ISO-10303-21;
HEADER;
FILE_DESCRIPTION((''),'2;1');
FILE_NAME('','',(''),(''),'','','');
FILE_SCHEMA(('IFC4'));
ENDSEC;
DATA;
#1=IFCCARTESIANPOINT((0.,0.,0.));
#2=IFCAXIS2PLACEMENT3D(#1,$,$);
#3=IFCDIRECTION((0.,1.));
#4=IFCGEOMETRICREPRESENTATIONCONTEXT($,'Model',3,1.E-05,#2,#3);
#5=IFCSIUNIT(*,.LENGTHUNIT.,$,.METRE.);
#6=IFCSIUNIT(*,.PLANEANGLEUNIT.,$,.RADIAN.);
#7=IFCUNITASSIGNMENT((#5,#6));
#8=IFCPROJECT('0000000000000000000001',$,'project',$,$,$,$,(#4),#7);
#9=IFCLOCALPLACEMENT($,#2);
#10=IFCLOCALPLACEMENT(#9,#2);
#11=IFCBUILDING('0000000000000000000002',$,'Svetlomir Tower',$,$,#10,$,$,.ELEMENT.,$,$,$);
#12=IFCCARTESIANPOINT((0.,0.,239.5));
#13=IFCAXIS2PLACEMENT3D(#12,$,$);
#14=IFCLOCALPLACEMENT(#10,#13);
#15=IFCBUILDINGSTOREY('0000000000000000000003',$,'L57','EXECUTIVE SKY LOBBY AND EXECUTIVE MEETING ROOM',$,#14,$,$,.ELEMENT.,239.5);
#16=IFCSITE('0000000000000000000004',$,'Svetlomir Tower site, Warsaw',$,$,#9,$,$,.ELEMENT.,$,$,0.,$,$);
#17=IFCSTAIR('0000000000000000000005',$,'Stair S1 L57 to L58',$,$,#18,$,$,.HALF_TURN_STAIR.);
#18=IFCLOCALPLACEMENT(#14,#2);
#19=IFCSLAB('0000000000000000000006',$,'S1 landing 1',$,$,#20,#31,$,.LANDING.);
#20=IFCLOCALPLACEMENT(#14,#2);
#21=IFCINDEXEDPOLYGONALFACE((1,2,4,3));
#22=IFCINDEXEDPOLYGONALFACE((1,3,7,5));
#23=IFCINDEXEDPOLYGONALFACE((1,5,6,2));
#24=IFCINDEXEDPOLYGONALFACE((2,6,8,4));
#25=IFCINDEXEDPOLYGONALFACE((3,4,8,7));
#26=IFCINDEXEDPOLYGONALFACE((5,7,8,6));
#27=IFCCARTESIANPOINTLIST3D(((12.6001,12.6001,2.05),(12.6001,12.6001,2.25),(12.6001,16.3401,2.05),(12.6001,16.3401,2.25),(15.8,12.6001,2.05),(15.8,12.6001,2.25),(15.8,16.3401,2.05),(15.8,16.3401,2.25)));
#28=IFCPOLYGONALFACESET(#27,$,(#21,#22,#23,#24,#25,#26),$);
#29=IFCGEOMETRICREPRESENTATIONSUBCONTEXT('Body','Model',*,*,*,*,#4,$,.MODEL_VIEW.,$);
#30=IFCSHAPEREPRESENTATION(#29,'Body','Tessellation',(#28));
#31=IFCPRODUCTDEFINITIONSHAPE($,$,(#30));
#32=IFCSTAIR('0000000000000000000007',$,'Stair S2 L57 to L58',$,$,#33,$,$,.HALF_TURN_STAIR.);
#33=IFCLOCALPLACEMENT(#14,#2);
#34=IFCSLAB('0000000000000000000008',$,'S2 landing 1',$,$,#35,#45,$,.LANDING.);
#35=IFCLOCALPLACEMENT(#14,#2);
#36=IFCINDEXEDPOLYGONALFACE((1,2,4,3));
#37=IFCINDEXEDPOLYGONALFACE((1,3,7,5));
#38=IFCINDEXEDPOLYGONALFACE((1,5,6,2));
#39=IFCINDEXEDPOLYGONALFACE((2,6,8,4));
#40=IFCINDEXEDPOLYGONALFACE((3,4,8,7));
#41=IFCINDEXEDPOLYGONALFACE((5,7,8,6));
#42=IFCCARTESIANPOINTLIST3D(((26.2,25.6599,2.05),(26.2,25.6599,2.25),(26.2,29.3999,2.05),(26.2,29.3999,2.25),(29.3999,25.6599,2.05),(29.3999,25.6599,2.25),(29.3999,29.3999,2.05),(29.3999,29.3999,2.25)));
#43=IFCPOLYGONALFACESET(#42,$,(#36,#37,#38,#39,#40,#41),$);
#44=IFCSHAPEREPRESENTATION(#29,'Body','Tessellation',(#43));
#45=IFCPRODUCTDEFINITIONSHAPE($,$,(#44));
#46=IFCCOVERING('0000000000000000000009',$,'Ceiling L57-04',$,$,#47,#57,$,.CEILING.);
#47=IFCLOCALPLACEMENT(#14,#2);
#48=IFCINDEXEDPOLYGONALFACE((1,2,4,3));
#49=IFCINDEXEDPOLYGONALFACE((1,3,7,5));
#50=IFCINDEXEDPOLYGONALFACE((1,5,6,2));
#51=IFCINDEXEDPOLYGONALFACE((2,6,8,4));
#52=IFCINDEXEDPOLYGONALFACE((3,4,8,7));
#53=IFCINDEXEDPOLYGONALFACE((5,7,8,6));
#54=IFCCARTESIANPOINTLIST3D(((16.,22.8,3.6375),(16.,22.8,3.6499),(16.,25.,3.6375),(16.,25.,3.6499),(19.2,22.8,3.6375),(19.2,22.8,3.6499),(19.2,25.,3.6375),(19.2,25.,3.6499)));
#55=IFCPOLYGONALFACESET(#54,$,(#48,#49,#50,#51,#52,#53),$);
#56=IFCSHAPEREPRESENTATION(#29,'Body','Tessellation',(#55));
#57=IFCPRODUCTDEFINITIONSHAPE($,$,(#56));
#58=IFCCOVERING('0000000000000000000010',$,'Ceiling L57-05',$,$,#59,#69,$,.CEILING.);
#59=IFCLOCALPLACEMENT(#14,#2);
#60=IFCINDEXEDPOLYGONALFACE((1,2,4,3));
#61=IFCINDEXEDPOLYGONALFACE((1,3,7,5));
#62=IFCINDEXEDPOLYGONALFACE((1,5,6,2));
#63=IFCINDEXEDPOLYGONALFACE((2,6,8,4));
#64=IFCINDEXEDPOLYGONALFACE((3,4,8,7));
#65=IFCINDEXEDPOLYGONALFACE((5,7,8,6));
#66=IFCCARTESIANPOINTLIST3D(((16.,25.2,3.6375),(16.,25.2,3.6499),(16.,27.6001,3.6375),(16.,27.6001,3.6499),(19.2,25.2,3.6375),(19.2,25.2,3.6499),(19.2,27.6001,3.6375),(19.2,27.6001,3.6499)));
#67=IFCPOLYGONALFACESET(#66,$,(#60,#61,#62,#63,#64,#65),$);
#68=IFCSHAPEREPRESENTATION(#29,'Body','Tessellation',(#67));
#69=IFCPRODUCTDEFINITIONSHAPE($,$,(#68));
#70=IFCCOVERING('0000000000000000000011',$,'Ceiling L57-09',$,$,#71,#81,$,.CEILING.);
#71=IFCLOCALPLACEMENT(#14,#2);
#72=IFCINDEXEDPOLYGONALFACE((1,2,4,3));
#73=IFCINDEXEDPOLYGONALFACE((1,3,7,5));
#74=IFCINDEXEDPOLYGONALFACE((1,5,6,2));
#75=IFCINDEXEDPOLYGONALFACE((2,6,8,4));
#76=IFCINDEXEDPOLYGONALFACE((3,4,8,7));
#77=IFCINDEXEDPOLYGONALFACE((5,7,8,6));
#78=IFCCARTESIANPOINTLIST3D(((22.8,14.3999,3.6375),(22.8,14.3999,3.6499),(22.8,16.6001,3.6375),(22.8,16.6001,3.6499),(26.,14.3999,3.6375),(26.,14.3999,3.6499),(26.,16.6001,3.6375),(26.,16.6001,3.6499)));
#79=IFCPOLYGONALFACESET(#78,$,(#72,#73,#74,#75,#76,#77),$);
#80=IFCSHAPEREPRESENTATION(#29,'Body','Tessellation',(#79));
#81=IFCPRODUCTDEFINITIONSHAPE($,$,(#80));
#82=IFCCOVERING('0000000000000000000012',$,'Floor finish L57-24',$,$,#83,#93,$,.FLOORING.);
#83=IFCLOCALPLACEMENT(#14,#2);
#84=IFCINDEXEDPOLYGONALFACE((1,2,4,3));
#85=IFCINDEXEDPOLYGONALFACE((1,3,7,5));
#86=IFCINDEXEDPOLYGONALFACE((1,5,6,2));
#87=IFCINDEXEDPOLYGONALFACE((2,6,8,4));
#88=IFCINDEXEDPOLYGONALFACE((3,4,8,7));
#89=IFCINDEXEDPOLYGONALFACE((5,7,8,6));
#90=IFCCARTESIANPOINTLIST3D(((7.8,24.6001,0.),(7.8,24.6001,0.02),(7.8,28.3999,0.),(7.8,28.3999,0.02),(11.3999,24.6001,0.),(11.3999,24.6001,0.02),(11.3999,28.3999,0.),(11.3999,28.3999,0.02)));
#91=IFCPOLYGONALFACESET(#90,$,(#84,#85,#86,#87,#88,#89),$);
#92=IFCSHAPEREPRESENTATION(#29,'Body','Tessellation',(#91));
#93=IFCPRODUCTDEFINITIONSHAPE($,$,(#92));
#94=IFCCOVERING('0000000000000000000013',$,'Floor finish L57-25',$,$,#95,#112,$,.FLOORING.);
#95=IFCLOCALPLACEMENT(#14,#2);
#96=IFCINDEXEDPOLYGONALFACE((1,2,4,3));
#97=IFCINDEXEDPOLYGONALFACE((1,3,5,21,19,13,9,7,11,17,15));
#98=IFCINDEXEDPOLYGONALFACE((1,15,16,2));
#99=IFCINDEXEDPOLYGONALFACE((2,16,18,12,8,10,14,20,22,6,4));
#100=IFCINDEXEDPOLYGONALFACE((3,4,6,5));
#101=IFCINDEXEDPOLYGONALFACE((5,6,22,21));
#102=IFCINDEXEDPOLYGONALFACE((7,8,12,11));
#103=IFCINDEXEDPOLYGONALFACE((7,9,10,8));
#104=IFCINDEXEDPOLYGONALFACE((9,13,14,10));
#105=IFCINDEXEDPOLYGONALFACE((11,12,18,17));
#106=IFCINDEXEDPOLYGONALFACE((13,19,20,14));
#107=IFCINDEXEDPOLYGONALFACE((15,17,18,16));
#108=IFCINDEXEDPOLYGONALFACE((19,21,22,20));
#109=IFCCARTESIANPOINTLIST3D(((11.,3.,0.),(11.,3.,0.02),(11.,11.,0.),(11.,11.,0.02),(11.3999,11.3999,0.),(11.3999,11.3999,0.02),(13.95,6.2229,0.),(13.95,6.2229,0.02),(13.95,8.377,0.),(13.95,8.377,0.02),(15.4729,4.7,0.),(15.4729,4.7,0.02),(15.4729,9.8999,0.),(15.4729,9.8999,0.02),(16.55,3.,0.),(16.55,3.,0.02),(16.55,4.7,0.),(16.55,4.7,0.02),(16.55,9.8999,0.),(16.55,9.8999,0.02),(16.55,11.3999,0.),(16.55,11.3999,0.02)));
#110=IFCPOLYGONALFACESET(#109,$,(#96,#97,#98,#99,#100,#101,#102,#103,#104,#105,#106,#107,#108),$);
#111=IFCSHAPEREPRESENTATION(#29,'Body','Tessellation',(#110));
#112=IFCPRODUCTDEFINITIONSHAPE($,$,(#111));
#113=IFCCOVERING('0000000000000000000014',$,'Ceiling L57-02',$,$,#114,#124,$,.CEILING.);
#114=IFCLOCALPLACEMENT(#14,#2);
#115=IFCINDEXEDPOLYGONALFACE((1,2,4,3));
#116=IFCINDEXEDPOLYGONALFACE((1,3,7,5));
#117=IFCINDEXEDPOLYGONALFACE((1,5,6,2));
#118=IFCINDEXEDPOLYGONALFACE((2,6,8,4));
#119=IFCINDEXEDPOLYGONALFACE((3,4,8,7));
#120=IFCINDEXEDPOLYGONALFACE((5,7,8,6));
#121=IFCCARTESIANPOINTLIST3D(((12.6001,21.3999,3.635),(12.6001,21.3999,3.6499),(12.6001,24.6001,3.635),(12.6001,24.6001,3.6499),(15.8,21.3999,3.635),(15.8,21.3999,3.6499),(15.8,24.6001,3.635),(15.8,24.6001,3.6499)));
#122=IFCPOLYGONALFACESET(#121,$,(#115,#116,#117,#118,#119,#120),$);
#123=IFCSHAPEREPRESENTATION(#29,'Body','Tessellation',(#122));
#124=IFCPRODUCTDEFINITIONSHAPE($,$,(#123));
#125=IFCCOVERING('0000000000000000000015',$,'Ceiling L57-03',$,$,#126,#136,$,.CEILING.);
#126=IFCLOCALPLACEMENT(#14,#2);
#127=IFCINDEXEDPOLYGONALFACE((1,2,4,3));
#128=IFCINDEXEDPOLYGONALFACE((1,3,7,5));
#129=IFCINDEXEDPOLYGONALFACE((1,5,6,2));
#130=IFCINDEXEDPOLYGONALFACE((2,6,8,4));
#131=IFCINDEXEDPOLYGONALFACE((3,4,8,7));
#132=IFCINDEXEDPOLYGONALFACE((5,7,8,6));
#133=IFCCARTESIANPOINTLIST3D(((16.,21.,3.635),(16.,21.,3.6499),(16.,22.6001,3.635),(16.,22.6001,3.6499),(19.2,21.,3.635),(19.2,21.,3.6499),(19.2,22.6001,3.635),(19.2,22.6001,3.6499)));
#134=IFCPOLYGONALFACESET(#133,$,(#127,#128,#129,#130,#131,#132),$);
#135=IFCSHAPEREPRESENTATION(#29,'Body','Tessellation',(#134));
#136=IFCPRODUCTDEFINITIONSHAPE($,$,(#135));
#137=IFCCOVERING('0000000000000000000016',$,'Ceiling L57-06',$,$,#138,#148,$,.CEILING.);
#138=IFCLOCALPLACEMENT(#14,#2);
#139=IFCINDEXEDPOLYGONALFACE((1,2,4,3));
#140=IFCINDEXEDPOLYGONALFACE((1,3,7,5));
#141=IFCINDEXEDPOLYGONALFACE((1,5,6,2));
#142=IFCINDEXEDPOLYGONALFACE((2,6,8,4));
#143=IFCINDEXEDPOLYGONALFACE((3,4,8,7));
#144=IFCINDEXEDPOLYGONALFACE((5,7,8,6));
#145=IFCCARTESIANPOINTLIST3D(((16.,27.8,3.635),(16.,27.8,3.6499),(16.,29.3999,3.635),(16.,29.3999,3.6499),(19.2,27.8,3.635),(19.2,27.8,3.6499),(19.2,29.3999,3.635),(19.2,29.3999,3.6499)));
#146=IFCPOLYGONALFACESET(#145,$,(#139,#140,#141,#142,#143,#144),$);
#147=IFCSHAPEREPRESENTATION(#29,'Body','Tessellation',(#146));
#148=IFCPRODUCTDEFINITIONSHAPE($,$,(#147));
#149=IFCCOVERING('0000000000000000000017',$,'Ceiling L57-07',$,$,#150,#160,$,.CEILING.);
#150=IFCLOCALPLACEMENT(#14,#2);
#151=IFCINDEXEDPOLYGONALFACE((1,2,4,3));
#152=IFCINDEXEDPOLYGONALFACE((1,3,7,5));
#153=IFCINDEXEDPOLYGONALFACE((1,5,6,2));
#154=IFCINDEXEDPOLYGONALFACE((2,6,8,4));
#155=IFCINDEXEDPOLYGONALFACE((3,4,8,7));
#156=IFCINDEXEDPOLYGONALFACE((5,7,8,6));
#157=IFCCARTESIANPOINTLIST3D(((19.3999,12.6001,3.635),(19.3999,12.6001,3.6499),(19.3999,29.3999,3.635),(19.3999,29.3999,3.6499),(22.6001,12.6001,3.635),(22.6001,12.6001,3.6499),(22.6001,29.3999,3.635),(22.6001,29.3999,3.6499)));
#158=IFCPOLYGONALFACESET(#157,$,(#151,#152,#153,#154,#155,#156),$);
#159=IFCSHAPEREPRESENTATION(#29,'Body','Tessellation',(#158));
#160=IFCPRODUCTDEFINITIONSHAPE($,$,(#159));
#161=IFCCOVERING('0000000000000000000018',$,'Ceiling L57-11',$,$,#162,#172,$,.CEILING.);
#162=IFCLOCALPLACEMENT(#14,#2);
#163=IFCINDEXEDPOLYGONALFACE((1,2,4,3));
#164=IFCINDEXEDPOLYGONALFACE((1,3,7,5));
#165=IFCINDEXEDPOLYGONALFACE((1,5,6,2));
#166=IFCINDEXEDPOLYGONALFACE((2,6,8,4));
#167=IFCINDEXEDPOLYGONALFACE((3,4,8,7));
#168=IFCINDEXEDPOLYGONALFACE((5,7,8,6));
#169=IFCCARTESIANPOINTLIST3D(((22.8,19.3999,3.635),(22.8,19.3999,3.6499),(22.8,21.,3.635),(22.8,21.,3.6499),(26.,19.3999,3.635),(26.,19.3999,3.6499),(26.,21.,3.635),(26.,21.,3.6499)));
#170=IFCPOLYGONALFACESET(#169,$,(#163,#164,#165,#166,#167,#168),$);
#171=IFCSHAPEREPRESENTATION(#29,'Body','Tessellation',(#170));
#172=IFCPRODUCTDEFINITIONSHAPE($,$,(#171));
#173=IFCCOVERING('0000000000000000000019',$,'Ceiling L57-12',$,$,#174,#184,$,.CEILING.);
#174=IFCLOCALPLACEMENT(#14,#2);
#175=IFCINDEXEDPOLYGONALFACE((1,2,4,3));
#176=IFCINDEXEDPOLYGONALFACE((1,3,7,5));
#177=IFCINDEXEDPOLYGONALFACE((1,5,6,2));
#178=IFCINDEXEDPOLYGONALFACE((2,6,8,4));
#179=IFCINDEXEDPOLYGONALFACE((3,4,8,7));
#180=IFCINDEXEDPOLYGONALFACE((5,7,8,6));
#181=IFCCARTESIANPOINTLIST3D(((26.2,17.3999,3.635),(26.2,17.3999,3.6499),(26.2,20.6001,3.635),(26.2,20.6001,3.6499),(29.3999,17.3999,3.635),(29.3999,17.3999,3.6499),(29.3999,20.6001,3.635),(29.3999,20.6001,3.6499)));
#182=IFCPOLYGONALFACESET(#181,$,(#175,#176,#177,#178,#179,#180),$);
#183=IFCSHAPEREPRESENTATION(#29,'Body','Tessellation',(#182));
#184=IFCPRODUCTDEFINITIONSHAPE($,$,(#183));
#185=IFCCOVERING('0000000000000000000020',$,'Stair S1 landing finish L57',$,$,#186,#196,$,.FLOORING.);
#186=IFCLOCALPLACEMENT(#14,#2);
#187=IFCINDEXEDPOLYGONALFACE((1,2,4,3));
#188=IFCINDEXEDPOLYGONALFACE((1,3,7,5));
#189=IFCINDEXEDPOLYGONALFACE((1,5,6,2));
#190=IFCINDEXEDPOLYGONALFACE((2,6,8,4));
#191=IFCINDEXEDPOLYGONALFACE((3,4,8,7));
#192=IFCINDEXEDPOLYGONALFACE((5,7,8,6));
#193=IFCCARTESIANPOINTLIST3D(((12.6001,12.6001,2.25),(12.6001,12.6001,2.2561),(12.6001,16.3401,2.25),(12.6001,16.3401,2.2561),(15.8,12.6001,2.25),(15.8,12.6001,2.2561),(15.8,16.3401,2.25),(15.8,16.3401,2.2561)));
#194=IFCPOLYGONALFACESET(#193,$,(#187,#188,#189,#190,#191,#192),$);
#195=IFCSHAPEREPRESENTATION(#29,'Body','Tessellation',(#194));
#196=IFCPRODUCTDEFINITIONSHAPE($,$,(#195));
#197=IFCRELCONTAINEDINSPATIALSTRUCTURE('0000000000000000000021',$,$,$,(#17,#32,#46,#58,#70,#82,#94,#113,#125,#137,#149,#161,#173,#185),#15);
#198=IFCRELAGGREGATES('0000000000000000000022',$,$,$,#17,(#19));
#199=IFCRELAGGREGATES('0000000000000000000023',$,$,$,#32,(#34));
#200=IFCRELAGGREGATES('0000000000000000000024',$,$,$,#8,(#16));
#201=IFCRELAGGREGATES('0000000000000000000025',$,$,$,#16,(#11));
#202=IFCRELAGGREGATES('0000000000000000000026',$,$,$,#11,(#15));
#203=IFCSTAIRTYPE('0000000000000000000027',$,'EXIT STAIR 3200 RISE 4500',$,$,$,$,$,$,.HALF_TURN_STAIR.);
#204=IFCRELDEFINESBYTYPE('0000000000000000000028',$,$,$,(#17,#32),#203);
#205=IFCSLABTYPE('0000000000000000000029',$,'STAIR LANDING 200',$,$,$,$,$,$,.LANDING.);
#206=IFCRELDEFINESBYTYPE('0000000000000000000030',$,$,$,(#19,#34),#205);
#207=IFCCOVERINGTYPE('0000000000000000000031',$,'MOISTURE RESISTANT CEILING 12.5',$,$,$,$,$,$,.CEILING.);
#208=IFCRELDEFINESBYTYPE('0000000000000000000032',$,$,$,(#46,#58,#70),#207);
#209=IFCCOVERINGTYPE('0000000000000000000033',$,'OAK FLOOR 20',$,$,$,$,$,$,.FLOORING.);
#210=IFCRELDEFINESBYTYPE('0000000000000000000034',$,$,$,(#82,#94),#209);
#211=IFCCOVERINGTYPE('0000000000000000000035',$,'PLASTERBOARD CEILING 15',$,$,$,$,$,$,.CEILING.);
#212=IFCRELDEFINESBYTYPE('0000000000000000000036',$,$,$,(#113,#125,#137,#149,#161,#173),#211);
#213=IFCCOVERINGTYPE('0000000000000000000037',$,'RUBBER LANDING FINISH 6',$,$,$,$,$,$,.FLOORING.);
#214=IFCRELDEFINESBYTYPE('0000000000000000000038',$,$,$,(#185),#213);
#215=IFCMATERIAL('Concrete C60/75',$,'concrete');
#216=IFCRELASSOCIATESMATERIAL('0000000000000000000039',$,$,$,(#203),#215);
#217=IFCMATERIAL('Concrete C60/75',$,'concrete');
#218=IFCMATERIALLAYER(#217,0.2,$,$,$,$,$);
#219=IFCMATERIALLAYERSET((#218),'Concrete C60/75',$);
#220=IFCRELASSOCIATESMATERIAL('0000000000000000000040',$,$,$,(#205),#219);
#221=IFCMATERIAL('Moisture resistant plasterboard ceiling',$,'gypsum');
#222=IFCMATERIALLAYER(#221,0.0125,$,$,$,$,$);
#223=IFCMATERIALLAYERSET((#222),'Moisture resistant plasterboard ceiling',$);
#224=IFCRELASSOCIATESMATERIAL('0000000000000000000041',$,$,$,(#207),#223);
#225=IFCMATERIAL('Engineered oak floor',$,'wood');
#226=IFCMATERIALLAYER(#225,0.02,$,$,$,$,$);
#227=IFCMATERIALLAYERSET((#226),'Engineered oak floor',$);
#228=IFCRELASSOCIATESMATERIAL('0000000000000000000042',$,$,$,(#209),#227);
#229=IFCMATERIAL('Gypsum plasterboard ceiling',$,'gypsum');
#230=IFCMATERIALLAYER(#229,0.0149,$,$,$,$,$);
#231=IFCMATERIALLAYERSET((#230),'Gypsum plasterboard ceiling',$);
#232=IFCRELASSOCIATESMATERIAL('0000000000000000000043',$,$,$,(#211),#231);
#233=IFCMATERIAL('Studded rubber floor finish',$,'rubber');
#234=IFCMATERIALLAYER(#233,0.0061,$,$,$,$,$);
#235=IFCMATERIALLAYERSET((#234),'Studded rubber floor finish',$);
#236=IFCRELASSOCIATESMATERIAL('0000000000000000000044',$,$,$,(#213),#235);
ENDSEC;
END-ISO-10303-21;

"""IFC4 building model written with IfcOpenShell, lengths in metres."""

from ifc_helpers import new_model, si_unit, direction, frame, origin, place, context, subcontext, project, spatial, polyline, outline, extrude, material, layer, layer_set, type_object, element, aggregate, save


model = new_model("IFC4")

# Units and contexts
model_context = context("Model", 3, precision=1e-05, world=origin(), true_north=direction((0.0, 1.0)))
body_context = subcontext(model_context, "Body", "Model", "MODEL_VIEW")
ifc_project = project(units=[si_unit("LENGTHUNIT", "METRE"), si_unit("PLANEANGLEUNIT", "RADIAN")], contexts=[model_context])

# Site, building, storey
site_placement = place(None, origin())
site = spatial("IfcSite", under=ifc_project, at=site_placement, Name="Svetlomir Tower site, Warsaw", CompositionType="ELEMENT", RefElevation=0.0)
building_placement = place(site_placement, origin())
building = spatial("IfcBuilding", under=site, at=building_placement, Name="Svetlomir Tower", CompositionType="ELEMENT")
storey_placement = place(building_placement, frame((0.0, 0.0, 239.5)))
storey = spatial("IfcBuildingStorey", under=building, at=storey_placement, Name="L57", Description="EXECUTIVE SKY LOBBY AND EXECUTIVE MEETING ROOM", CompositionType="ELEMENT", Elevation=239.5)

# Stairs, slabs
ifc_material_1 = material(Name="Concrete C60/75", Category="concrete")
stair_type = type_object("IfcStairType", Name="EXIT STAIR 3200 RISE 4500", PredefinedType="HALF_TURN_STAIR", material=ifc_material_1)
stair_1_placement = place(storey_placement, origin())
stair_1 = element("IfcStair", 1, at=stair_1_placement, inside=storey, type_object=stair_type, Name="Stair S1 L57 to L58", PredefinedType="HALF_TURN_STAIR")
ifc_material_2 = material(Name="Concrete C60/75", Category="concrete")
ifc_layer_1 = layer(ifc_material_2, 0.2)
ifc_layer_set_1 = layer_set([ifc_layer_1], Name="Concrete C60/75")
slab_type = type_object("IfcSlabType", Name="STAIR LANDING 200", PredefinedType="LANDING", material=ifc_layer_set_1)
slab_1_placement = place(storey_placement, frame((0.0, 0.0, 2.05)))
slab_1 = element("IfcSlab", 2, at=slab_1_placement, type_object=slab_type, Name="S1 landing 1", PredefinedType="LANDING", context=body_context, shape_type="SweptSolid", body=[
    extrude(outline(polyline([(12.6001, 12.6001), (15.8, 12.6001), (15.8, 16.3401), (12.6001, 16.3401), (12.6001, 12.6001)])), origin(), (0.0, 0.0, 1.0), 0.2),
])
aggregate(stair_1, [slab_1])
stair_2_placement = place(storey_placement, origin())
stair_2 = element("IfcStair", 3, at=stair_2_placement, inside=storey, type_object=stair_type, Name="Stair S2 L57 to L58", PredefinedType="HALF_TURN_STAIR")
slab_2_placement = place(storey_placement, frame((0.0, 0.0, 2.05)))
slab_2 = element("IfcSlab", 4, at=slab_2_placement, type_object=slab_type, Name="S2 landing 1", PredefinedType="LANDING", context=body_context, shape_type="SweptSolid", body=[
    extrude(outline(polyline([(26.2, 25.6599), (29.3999, 25.6599), (29.3999, 29.3999), (26.2, 29.3999), (26.2, 25.6599)])), origin(), (0.0, 0.0, 1.0), 0.2),
])
aggregate(stair_2, [slab_2])

# Coverings
ifc_material_3 = material(Name="Moisture resistant plasterboard ceiling", Category="gypsum")
ifc_layer_2 = layer(ifc_material_3, 0.0125)
ifc_layer_set_2 = layer_set([ifc_layer_2], Name="Moisture resistant plasterboard ceiling")
covering_type_1 = type_object("IfcCoveringType", Name="MOISTURE RESISTANT CEILING 12.5", PredefinedType="CEILING", material=ifc_layer_set_2)
covering_1_placement = place(storey_placement, frame((0.0, 0.0, 3.6375)))
element("IfcCovering", 5, at=covering_1_placement, inside=storey, type_object=covering_type_1, Name="Ceiling L57-04", PredefinedType="CEILING", context=body_context, shape_type="SweptSolid", body=[
    extrude(outline(polyline([(16.0, 22.8), (19.2, 22.8), (19.2, 25.0), (16.0, 25.0), (16.0, 22.8)])), origin(), (0.0, 0.0, 1.0), 0.0125),
])
covering_2_placement = place(storey_placement, frame((0.0, 0.0, 3.6375)))
element("IfcCovering", 6, at=covering_2_placement, inside=storey, type_object=covering_type_1, Name="Ceiling L57-05", PredefinedType="CEILING", context=body_context, shape_type="SweptSolid", body=[
    extrude(outline(polyline([(16.0, 25.2), (19.2, 25.2), (19.2, 27.6001), (16.0, 27.6001), (16.0, 25.2)])), origin(), (0.0, 0.0, 1.0), 0.0125),
])
covering_3_placement = place(storey_placement, frame((0.0, 0.0, 3.6375)))
element("IfcCovering", 7, at=covering_3_placement, inside=storey, type_object=covering_type_1, Name="Ceiling L57-09", PredefinedType="CEILING", context=body_context, shape_type="SweptSolid", body=[
    extrude(outline(polyline([(22.8, 14.3999), (26.0, 14.3999), (26.0, 16.6001), (22.8, 16.6001), (22.8, 14.3999)])), origin(), (0.0, 0.0, 1.0), 0.0125),
])
ifc_material_4 = material(Name="Engineered oak floor", Category="wood")
ifc_layer_3 = layer(ifc_material_4, 0.02)
ifc_layer_set_3 = layer_set([ifc_layer_3], Name="Engineered oak floor")
covering_type_2 = type_object("IfcCoveringType", Name="OAK FLOOR 20", PredefinedType="FLOORING", material=ifc_layer_set_3)
covering_4_placement = place(storey_placement, origin())
element("IfcCovering", 8, at=covering_4_placement, inside=storey, type_object=covering_type_2, Name="Floor finish L57-24", PredefinedType="FLOORING", context=body_context, shape_type="SweptSolid", body=[
    extrude(outline(polyline([(7.8, 24.6001), (11.3999, 24.6001), (11.3999, 28.3999), (7.8, 28.3999), (7.8, 24.6001)])), origin(), (0.0, 0.0, 1.0), 0.02),
])
covering_5_placement = place(storey_placement, origin())
element("IfcCovering", 9, at=covering_5_placement, inside=storey, type_object=covering_type_2, Name="Floor finish L57-25", PredefinedType="FLOORING", context=body_context, shape_type="SweptSolid", body=[
    extrude(outline(polyline([(16.55, 3.0), (11.0, 3.0), (11.0, 11.0), (11.3999, 11.3999), (16.55, 11.3999), (16.55, 9.8999), (15.4729, 9.8999), (13.95, 8.377), (13.95, 6.2229), (15.4729, 4.7), (16.55, 4.7), (16.55, 3.0)])), origin(), (0.0, 0.0, 1.0), 0.02),
])
ifc_material_5 = material(Name="Gypsum plasterboard ceiling", Category="gypsum")
ifc_layer_4 = layer(ifc_material_5, 0.0149)
ifc_layer_set_4 = layer_set([ifc_layer_4], Name="Gypsum plasterboard ceiling")
covering_type_3 = type_object("IfcCoveringType", Name="PLASTERBOARD CEILING 15", PredefinedType="CEILING", material=ifc_layer_set_4)
covering_6_placement = place(storey_placement, frame((0.0, 0.0, 3.635)))
element("IfcCovering", 10, at=covering_6_placement, inside=storey, type_object=covering_type_3, Name="Ceiling L57-02", PredefinedType="CEILING", context=body_context, shape_type="SweptSolid", body=[
    extrude(outline(polyline([(12.6001, 21.3999), (15.8, 21.3999), (15.8, 24.6001), (12.6001, 24.6001), (12.6001, 21.3999)])), origin(), (0.0, 0.0, 1.0), 0.0149),
])
covering_7_placement = place(storey_placement, frame((0.0, 0.0, 3.635)))
element("IfcCovering", 11, at=covering_7_placement, inside=storey, type_object=covering_type_3, Name="Ceiling L57-03", PredefinedType="CEILING", context=body_context, shape_type="SweptSolid", body=[
    extrude(outline(polyline([(16.0, 21.0), (19.2, 21.0), (19.2, 22.6001), (16.0, 22.6001), (16.0, 21.0)])), origin(), (0.0, 0.0, 1.0), 0.0149),
])
covering_8_placement = place(storey_placement, frame((0.0, 0.0, 3.635)))
element("IfcCovering", 12, at=covering_8_placement, inside=storey, type_object=covering_type_3, Name="Ceiling L57-06", PredefinedType="CEILING", context=body_context, shape_type="SweptSolid", body=[
    extrude(outline(polyline([(16.0, 27.8), (19.2, 27.8), (19.2, 29.3999), (16.0, 29.3999), (16.0, 27.8)])), origin(), (0.0, 0.0, 1.0), 0.0149),
])
covering_9_placement = place(storey_placement, frame((0.0, 0.0, 3.635)))
element("IfcCovering", 13, at=covering_9_placement, inside=storey, type_object=covering_type_3, Name="Ceiling L57-07", PredefinedType="CEILING", context=body_context, shape_type="SweptSolid", body=[
    extrude(outline(polyline([(19.3999, 12.6001), (22.6001, 12.6001), (22.6001, 29.3999), (19.3999, 29.3999), (19.3999, 12.6001)])), origin(), (0.0, 0.0, 1.0), 0.0149),
])
covering_10_placement = place(storey_placement, frame((0.0, 0.0, 3.635)))
element("IfcCovering", 14, at=covering_10_placement, inside=storey, type_object=covering_type_3, Name="Ceiling L57-11", PredefinedType="CEILING", context=body_context, shape_type="SweptSolid", body=[
    extrude(outline(polyline([(22.8, 19.3999), (26.0, 19.3999), (26.0, 21.0), (22.8, 21.0), (22.8, 19.3999)])), origin(), (0.0, 0.0, 1.0), 0.0149),
])
covering_11_placement = place(storey_placement, frame((0.0, 0.0, 3.635)))
element("IfcCovering", 15, at=covering_11_placement, inside=storey, type_object=covering_type_3, Name="Ceiling L57-12", PredefinedType="CEILING", context=body_context, shape_type="SweptSolid", body=[
    extrude(outline(polyline([(26.2, 17.3999), (29.3999, 17.3999), (29.3999, 20.6001), (26.2, 20.6001), (26.2, 17.3999)])), origin(), (0.0, 0.0, 1.0), 0.0149),
])
ifc_material_6 = material(Name="Studded rubber floor finish", Category="rubber")
ifc_layer_5 = layer(ifc_material_6, 0.0061)
ifc_layer_set_5 = layer_set([ifc_layer_5], Name="Studded rubber floor finish")
covering_type_4 = type_object("IfcCoveringType", Name="RUBBER LANDING FINISH 6", PredefinedType="FLOORING", material=ifc_layer_set_5)
covering_12_placement = place(storey_placement, frame((0.0, 0.0, 2.25)))
element("IfcCovering", 16, at=covering_12_placement, inside=storey, type_object=covering_type_4, Name="Stair S1 landing finish L57", PredefinedType="FLOORING", context=body_context, shape_type="SweptSolid", body=[
    extrude(outline(polyline([(12.6001, 12.6001), (15.8, 12.6001), (15.8, 16.3401), (12.6001, 16.3401), (12.6001, 12.6001)])), origin(), (0.0, 0.0, 1.0), 0.0061),
])

save(model, "model.ifc")
